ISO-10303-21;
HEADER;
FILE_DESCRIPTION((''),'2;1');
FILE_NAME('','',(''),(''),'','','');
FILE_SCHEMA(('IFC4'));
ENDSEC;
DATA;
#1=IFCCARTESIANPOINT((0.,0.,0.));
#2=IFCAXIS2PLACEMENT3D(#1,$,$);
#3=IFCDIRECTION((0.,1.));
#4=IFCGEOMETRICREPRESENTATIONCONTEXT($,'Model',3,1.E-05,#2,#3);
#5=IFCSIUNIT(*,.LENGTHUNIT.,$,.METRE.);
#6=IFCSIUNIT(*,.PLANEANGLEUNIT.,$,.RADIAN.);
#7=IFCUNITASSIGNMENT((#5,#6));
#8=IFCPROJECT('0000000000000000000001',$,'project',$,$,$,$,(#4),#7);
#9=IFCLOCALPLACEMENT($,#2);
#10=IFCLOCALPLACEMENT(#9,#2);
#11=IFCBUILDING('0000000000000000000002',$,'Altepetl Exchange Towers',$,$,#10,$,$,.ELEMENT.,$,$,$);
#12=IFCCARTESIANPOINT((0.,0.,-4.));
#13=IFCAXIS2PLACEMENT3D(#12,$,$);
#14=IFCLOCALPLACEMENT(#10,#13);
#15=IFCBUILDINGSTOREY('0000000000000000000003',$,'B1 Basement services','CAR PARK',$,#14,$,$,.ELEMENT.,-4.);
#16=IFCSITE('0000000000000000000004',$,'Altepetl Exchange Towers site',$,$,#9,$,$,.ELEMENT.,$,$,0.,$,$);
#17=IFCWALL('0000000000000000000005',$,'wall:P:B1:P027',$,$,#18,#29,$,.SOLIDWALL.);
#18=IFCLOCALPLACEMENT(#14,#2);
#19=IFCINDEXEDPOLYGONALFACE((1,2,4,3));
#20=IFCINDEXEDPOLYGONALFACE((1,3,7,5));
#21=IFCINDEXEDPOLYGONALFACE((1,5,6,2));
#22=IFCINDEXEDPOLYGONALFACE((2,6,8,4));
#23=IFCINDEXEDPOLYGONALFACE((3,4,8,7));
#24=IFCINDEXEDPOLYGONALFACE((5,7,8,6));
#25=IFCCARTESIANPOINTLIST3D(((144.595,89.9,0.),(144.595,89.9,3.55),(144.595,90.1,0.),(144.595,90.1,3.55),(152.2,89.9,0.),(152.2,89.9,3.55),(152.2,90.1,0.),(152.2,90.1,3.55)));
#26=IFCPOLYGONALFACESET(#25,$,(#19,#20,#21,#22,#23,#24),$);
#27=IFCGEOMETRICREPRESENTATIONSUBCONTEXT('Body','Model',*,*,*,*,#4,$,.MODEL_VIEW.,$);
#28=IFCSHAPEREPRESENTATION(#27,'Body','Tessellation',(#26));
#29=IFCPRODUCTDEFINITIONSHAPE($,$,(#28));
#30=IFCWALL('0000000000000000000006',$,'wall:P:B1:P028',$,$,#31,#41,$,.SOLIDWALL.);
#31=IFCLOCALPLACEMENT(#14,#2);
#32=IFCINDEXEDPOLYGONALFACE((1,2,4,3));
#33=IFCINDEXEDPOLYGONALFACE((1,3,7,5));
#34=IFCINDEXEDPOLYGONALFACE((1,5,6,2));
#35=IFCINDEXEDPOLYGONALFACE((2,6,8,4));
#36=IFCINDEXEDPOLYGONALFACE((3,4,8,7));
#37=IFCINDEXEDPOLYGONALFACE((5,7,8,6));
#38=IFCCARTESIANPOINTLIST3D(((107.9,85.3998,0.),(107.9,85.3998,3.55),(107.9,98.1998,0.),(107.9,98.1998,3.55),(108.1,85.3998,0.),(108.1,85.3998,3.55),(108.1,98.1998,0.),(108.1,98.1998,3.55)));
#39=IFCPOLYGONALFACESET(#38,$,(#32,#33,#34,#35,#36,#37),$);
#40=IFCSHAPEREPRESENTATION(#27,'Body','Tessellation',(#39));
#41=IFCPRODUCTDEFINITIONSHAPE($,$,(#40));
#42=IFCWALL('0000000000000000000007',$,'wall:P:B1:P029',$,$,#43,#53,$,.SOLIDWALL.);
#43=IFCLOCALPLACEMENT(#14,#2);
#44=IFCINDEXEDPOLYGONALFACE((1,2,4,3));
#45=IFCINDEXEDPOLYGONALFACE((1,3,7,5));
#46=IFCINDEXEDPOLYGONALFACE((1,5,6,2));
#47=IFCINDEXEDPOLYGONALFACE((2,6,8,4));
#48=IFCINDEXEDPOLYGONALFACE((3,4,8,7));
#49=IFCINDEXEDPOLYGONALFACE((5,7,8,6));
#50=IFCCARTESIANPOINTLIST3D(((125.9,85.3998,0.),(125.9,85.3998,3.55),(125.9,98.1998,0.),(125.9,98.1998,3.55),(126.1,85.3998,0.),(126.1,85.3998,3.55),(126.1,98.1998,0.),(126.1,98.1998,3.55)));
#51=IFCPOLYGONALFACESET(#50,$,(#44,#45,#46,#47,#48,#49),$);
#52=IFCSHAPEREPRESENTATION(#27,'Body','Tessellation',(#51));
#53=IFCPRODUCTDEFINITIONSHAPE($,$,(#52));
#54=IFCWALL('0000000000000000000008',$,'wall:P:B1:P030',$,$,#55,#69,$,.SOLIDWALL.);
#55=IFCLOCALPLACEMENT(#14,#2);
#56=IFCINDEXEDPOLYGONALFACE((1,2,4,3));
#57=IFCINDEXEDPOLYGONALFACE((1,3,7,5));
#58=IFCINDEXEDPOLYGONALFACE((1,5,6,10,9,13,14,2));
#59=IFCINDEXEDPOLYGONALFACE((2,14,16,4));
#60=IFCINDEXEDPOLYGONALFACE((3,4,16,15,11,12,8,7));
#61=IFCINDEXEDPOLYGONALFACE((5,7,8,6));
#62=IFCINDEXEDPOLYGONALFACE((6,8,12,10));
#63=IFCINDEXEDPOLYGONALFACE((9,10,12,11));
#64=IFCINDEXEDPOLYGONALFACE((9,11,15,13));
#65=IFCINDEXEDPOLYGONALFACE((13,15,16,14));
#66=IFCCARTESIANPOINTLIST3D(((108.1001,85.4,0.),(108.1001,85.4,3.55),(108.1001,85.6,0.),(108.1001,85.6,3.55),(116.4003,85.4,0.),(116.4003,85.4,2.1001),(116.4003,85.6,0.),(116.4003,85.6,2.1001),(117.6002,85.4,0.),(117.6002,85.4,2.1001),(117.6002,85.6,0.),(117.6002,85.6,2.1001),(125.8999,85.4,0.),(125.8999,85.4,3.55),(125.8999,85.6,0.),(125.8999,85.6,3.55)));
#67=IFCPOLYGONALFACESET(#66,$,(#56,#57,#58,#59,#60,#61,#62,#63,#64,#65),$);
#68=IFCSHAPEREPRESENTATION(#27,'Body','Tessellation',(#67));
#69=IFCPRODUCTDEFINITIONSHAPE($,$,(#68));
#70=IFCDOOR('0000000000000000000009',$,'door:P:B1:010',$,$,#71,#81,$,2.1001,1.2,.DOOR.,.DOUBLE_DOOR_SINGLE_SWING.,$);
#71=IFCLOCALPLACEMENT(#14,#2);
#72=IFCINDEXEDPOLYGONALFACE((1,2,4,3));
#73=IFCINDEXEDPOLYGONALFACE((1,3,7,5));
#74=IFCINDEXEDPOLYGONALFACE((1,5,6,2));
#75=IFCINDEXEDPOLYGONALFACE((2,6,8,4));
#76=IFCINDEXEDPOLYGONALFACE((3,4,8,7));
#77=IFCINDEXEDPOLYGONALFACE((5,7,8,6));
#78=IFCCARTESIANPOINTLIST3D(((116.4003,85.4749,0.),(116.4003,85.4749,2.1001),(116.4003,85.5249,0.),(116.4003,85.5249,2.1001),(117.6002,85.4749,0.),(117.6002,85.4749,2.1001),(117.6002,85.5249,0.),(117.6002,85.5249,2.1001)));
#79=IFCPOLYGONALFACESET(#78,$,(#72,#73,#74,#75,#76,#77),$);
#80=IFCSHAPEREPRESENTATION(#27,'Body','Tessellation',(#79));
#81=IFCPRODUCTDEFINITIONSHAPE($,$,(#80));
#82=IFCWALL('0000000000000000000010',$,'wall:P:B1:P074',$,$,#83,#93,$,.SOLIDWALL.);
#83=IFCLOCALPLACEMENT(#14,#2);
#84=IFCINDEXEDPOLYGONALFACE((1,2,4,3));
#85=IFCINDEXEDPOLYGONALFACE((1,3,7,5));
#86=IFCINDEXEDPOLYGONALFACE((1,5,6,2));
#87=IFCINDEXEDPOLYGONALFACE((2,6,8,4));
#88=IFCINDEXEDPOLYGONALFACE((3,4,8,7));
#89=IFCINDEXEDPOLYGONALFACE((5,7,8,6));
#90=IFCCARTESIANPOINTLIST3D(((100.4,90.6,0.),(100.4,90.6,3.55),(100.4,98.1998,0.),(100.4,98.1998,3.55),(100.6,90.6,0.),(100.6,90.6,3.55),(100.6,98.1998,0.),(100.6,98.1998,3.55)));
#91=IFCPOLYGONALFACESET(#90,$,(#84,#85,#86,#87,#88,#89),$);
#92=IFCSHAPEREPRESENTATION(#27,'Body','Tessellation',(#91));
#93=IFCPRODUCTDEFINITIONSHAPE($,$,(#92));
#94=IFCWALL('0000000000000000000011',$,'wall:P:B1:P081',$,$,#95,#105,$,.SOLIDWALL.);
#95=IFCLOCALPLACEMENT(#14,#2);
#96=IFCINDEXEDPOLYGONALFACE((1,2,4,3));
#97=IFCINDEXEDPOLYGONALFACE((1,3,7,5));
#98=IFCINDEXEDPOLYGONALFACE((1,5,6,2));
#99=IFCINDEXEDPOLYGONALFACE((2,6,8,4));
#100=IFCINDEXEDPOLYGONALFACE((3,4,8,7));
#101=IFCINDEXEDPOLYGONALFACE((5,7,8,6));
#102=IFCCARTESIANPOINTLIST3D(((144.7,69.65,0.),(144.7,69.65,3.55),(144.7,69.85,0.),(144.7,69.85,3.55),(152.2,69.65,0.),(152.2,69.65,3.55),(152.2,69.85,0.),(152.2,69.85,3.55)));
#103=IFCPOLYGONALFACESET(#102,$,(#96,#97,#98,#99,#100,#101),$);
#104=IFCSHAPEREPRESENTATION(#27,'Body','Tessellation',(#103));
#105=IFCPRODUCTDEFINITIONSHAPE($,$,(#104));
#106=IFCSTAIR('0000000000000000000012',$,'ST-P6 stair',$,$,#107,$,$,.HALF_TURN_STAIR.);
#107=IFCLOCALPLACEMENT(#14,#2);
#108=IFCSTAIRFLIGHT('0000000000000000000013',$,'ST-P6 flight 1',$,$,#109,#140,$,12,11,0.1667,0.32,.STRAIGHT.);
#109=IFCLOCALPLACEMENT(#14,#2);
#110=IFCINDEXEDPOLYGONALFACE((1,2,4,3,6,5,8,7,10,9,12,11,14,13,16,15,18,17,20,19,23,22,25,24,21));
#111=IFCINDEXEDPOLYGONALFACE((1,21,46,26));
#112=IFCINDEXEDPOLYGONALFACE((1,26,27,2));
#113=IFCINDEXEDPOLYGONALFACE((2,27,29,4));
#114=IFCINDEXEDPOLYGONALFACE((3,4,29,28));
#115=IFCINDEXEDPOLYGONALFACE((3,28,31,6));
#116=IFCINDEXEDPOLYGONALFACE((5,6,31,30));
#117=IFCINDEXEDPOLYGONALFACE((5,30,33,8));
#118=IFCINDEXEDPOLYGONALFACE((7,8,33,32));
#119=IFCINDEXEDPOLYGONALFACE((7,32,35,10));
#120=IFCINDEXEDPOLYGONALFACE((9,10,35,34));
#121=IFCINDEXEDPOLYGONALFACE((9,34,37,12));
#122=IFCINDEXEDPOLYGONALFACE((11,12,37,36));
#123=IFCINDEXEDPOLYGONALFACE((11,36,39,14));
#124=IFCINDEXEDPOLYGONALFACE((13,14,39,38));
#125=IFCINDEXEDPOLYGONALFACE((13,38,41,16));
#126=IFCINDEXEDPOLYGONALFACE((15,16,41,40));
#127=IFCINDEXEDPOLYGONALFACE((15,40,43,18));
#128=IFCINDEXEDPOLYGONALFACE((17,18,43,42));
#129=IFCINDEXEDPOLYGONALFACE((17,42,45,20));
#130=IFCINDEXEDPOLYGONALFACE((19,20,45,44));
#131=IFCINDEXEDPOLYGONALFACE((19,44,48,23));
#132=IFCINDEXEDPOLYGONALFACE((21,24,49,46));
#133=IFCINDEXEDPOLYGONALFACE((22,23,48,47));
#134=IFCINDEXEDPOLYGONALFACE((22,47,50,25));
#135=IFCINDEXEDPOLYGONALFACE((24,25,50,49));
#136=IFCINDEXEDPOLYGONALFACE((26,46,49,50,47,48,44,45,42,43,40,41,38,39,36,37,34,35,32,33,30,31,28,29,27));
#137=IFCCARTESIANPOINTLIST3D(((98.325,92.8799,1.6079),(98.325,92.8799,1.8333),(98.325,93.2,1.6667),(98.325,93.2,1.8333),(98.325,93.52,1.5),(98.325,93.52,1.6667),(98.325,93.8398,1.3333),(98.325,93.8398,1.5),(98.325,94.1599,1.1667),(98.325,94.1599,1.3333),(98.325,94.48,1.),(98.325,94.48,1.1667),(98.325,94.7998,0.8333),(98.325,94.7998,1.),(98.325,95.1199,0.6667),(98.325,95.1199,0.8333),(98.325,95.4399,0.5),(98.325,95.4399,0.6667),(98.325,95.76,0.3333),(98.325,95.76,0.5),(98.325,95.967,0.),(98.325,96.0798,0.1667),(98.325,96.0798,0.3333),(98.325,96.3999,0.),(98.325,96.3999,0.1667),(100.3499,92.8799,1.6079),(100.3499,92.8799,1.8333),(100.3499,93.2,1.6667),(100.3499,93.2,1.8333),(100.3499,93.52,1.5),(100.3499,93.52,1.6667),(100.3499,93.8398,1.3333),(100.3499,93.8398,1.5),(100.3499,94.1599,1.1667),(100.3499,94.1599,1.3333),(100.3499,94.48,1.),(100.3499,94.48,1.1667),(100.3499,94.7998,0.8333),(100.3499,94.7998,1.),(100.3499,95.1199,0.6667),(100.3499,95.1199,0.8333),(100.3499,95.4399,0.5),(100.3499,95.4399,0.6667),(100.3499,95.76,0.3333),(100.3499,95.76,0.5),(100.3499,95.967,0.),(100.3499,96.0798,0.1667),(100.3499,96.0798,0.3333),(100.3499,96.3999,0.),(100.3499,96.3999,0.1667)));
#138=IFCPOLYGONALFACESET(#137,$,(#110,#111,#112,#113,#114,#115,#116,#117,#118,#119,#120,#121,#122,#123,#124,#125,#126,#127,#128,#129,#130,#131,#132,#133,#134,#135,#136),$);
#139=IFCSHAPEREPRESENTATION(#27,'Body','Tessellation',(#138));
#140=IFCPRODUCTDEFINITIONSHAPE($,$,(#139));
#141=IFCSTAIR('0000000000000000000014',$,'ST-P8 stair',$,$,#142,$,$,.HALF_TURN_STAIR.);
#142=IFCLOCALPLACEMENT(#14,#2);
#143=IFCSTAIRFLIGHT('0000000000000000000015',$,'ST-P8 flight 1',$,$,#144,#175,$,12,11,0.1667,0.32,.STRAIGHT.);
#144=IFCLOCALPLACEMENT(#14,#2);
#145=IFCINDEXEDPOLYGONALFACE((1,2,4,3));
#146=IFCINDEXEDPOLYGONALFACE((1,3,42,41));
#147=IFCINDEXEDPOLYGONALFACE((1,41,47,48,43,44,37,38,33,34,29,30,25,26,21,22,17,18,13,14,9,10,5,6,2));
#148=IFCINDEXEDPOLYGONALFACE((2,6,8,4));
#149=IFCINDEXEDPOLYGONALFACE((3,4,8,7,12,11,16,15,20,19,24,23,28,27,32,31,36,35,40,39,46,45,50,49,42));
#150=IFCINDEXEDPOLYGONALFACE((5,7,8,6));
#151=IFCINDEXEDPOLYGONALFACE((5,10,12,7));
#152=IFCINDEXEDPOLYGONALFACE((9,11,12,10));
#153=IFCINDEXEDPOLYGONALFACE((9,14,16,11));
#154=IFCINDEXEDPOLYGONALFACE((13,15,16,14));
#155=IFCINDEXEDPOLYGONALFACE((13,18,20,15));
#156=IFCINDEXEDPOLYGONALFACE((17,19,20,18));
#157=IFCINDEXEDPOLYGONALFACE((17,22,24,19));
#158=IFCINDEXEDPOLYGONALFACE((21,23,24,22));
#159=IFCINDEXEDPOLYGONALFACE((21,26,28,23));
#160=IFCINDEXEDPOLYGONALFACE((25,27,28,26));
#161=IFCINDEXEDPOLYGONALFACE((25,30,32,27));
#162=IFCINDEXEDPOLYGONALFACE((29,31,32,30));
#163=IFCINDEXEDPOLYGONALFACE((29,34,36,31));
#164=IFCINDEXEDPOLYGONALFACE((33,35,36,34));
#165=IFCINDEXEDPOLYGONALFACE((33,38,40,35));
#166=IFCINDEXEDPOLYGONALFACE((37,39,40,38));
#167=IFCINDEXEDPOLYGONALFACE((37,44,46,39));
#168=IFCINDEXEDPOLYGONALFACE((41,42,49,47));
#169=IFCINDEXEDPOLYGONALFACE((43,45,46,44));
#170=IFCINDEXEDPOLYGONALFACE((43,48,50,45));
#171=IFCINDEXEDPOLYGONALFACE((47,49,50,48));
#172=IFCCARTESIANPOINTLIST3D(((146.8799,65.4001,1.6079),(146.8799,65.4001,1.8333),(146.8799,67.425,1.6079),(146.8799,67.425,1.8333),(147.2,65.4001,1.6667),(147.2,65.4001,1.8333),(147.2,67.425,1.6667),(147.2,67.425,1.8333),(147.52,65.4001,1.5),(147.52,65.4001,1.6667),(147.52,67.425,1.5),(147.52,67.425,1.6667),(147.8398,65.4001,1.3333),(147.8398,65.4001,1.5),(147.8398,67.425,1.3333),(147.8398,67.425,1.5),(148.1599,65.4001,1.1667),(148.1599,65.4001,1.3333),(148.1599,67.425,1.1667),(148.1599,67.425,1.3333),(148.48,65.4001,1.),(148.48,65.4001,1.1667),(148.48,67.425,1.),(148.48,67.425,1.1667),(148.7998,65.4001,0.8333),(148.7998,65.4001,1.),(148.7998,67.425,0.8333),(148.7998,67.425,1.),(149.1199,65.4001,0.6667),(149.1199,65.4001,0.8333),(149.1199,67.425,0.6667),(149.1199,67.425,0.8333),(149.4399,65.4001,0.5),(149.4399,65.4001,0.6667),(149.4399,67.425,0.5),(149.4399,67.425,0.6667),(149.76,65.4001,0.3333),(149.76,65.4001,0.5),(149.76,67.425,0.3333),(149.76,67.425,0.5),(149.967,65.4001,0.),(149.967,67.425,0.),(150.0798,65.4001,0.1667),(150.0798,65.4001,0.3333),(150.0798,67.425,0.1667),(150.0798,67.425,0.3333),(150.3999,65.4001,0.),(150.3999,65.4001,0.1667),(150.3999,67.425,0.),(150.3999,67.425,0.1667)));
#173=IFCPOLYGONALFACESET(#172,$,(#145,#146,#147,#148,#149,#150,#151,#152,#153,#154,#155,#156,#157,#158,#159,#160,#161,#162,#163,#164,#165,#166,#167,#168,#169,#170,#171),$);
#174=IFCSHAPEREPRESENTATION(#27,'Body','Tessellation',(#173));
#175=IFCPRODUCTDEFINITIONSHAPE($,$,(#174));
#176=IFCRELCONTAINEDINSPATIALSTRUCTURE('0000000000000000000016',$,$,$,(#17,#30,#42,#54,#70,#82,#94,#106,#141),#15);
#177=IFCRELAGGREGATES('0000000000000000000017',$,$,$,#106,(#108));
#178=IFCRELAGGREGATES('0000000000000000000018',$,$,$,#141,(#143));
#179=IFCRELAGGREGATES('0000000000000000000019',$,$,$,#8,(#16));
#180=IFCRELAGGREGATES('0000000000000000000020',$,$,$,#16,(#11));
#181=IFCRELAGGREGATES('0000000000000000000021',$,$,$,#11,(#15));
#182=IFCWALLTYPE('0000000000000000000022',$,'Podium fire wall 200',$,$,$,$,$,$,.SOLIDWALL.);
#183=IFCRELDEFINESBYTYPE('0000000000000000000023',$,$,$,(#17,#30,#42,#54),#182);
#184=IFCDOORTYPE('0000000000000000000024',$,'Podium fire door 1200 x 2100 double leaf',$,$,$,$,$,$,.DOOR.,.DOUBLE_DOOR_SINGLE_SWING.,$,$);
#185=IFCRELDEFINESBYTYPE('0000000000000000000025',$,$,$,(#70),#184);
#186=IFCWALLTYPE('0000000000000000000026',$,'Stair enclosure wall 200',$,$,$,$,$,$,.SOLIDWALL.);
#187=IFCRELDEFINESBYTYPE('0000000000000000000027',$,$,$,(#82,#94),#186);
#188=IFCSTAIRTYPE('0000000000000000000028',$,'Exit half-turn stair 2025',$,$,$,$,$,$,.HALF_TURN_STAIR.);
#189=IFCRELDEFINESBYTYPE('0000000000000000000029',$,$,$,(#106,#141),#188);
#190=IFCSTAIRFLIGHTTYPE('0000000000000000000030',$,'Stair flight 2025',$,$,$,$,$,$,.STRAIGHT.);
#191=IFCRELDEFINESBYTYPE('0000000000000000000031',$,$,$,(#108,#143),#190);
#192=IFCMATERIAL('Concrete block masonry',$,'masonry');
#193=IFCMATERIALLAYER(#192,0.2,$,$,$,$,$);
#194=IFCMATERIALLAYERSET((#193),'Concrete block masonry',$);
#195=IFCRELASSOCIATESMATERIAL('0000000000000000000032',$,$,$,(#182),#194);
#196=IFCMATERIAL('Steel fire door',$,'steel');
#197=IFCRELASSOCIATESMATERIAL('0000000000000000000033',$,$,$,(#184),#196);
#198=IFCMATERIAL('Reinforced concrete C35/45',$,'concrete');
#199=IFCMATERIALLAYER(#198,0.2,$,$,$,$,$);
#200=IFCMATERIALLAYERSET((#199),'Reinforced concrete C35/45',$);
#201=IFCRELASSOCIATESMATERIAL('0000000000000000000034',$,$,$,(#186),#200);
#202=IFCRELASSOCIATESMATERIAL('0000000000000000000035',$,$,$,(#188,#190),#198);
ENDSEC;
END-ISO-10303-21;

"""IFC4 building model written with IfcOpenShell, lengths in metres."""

from ifc_helpers import new_model, si_unit, direction, frame, frame_2d, origin, place, context, subcontext, project, spatial, polyline, rectangle, outline, extrude, material, layer, layer_set, type_object, element, fill, aggregate, save


model = new_model("IFC4")

# Units and contexts
model_context = context("Model", 3, precision=1e-05, world=origin(), true_north=direction((0.0, 1.0)))
body_context = subcontext(model_context, "Body", "Model", "MODEL_VIEW")
ifc_project = project(units=[si_unit("LENGTHUNIT", "METRE"), si_unit("PLANEANGLEUNIT", "RADIAN")], contexts=[model_context])

# Site, building, storey
site_placement = place(None, origin())
site = spatial("IfcSite", under=ifc_project, at=site_placement, Name="Altepetl Exchange Towers site", CompositionType="ELEMENT", RefElevation=0.0)
building_placement = place(site_placement, origin())
building = spatial("IfcBuilding", under=site, at=building_placement, Name="Altepetl Exchange Towers", CompositionType="ELEMENT")
storey_placement = place(building_placement, frame((0.0, 0.0, -4.0)))
storey = spatial("IfcBuildingStorey", under=building, at=storey_placement, Name="B1 Basement services", Description="CAR PARK", CompositionType="ELEMENT", Elevation=-4.0)

# Shared definitions
ifc_material_1 = material(Name="Reinforced concrete C35/45", Category="concrete")

# Shared definitions
ifc_material_2 = material(Name="Concrete block masonry", Category="masonry")
ifc_layer_1 = layer(ifc_material_2, 0.2)
ifc_layer_set_1 = layer_set([ifc_layer_1], Name="Concrete block masonry")
wall_type_1 = type_object("IfcWallType", Name="Podium fire wall 200", PredefinedType="SOLIDWALL", material=ifc_layer_set_1)
ifc_material_3 = material(Name="Steel fire door", Category="steel")
door_type = type_object("IfcDoorType", Name="Podium fire door 1200 x 2100 double leaf", OperationType="DOUBLE_DOOR_SINGLE_SWING", PredefinedType="DOOR", material=ifc_material_3)

# Walls
wall_1_placement = place(storey_placement, frame((144.595, 90.0, 0.0)))
element("IfcWall", 1, at=wall_1_placement, inside=storey, type_object=wall_type_1, Name="wall:P:B1:P027", PredefinedType="SOLIDWALL", context=body_context, shape_type="SweptSolid", body=[
    extrude(rectangle(XDim=7.605, YDim=0.2, at=frame_2d((3.8025, 0.0))), origin(), (0.0, 0.0, 1.0), 3.55),
])
for number, where, z_axis, x_axis, name in (
    (2, (108.0, 85.3999, 0.0), (0.0, 0.0, 1.0), (0.0, 1.0, 0.0), "wall:P:B1:P028"),
    (3, (126.0, 85.3999, 0.0), (0.0, 0.0, 1.0), (0.0, 1.0, 0.0), "wall:P:B1:P029"),
):
    element("IfcWall", number, at=place(storey_placement, frame(where, z_axis=z_axis, x_axis=x_axis)), inside=storey, type_object=wall_type_1, Name=name, PredefinedType="SOLIDWALL", context=body_context, shape_type="SweptSolid", body=[
        extrude(rectangle(XDim=12.8, YDim=0.2, at=frame_2d((6.3999, 0.0))), origin(), (0.0, 0.0, 1.0), 3.55),
    ])

# Wall, opening, door
wall_2_placement = place(storey_placement, frame((108.1001, 85.5, 0.0)))
wall_2 = element("IfcWall", 4, at=wall_2_placement, inside=storey, type_object=wall_type_1, Name="wall:P:B1:P030", PredefinedType="SOLIDWALL", context=body_context, shape_type="SweptSolid", body=[
    extrude(rectangle(XDim=17.7998, YDim=0.2, at=frame_2d((8.8999, 0.0))), origin(), (0.0, 0.0, 1.0), 3.55),
])
opening_1_placement = place(wall_2_placement, frame((8.3, 0.0, 0.0)))
opening_1 = element("IfcOpeningElement", 5, at=opening_1_placement, cuts=wall_2, PredefinedType="OPENING", context=body_context, shape_type="SweptSolid", body=[
    extrude(rectangle(XDim=1.2, YDim=2.1001, at=frame_2d((0.6001, 1.05))), frame((0.0, 0.1099, 0.0), z_axis=(0.0, -1.0, 0.0), x_axis=(1.0, 0.0, 0.0)), (0.0, 0.0, 1.0), 0.22),
])
door_1_placement = place(opening_1_placement, origin())
door_1 = element("IfcDoor", 6, at=door_1_placement, inside=storey, type_object=door_type, Name="door:P:B1:010", OperationType="DOUBLE_DOOR_SINGLE_SWING", OverallHeight=2.1001, OverallWidth=1.2, PredefinedType="DOOR", context=body_context, shape_type="SweptSolid", body=[
    extrude(rectangle(XDim=1.2, YDim=2.1001, at=frame_2d((0.6001, 1.05))), frame((0.0, 0.0249, 0.0), z_axis=(0.0, -1.0, 0.0), x_axis=(1.0, 0.0, 0.0)), (0.0, 0.0, 1.0), 0.05),
])
fill(opening_1, door_1)

# Walls
ifc_layer_2 = layer(ifc_material_1, 0.2)
ifc_layer_set_2 = layer_set([ifc_layer_2], Name="Reinforced concrete C35/45")
wall_type_2 = type_object("IfcWallType", Name="Stair enclosure wall 200", PredefinedType="SOLIDWALL", material=ifc_layer_set_2)
wall_3_placement = place(storey_placement, frame((100.5, 90.6001, 0.0), z_axis=(0.0, 0.0, 1.0), x_axis=(0.0, 1.0, 0.0)))
element("IfcWall", 7, at=wall_3_placement, inside=storey, type_object=wall_type_2, Name="wall:P:B1:P074", PredefinedType="SOLIDWALL", context=body_context, shape_type="SweptSolid", body=[
    extrude(rectangle(XDim=7.5999, YDim=0.2, at=frame_2d((3.7998, 0.0))), origin(), (0.0, 0.0, 1.0), 3.55),
])
wall_4_placement = place(storey_placement, frame((144.7, 69.75, 0.0)))
element("IfcWall", 8, at=wall_4_placement, inside=storey, type_object=wall_type_2, Name="wall:P:B1:P081", PredefinedType="SOLIDWALL", context=body_context, shape_type="SweptSolid", body=[
    extrude(rectangle(XDim=7.5, YDim=0.2, at=frame_2d((3.75, 0.0))), origin(), (0.0, 0.0, 1.0), 3.55),
])

# Stair, stair flight
stair_type = type_object("IfcStairType", Name="Exit half-turn stair 2025", PredefinedType="HALF_TURN_STAIR", material=ifc_material_1)
stair_1_placement = place(storey_placement, origin())
stair_1 = element("IfcStair", 9, at=stair_1_placement, inside=storey, type_object=stair_type, Name="ST-P6 stair", PredefinedType="HALF_TURN_STAIR")
stair_flight_type = type_object("IfcStairFlightType", Name="Stair flight 2025", PredefinedType="STRAIGHT", material=ifc_material_1)
stair_flight_1_placement = place(storey_placement, frame((99.3374, 96.3999, 0.0), z_axis=(0.0, 0.0, 1.0), x_axis=(0.0, -1.0, 0.0)))
stair_flight_1 = element("IfcStairFlight", 10, at=stair_flight_1_placement, type_object=stair_flight_type, Name="ST-P6 flight 1", NumberOfRisers=12, NumberOfTreads=11, PredefinedType="STRAIGHT", RiserHeight=0.1667, TreadLength=0.32, context=body_context, shape_type="SweptSolid", body=[
    extrude(outline(polyline([(0.0, 0.0), (0.0, 0.1667), (0.3201, 0.1667), (0.3201, 0.3333), (0.6399, 0.3333), (0.6399, 0.5), (0.96, 0.5), (0.96, 0.6667), (1.28, 0.6667), (1.28, 0.8333), (1.6001, 0.8333), (1.6001, 1.0), (1.9199, 1.0), (1.9199, 1.1667), (2.24, 1.1667), (2.24, 1.3333), (2.5601, 1.3333), (2.5601, 1.5), (2.8799, 1.5), (2.8799, 1.6667), (3.2, 1.6667), (3.2, 1.8333), (3.52, 1.8333), (3.52, 2.0), (3.52, 1.6079), (0.4329, 0.0), (0.0, 0.0)])), frame((0.0, 1.0125, 0.0), z_axis=(0.0, -1.0, 0.0), x_axis=(1.0, 0.0, 0.0)), (0.0, 0.0, 1.0), 2.0249),
])
aggregate(stair_1, [stair_flight_1])

# Stair, stair flight
stair_2_placement = place(storey_placement, origin())
stair_2 = element("IfcStair", 11, at=stair_2_placement, inside=storey, type_object=stair_type, Name="ST-P8 stair", PredefinedType="HALF_TURN_STAIR")
stair_flight_2_placement = place(storey_placement, frame((150.3999, 66.4126, 0.0), z_axis=(0.0, 0.0, 1.0), x_axis=(-1.0, 0.0, 0.0)))
stair_flight_2 = element("IfcStairFlight", 12, at=stair_flight_2_placement, type_object=stair_flight_type, Name="ST-P8 flight 1", NumberOfRisers=12, NumberOfTreads=11, PredefinedType="STRAIGHT", RiserHeight=0.1667, TreadLength=0.32, context=body_context, shape_type="SweptSolid", body=[
    extrude(outline(polyline([(0.0, 0.0), (0.0, 0.1667), (0.3201, 0.1667), (0.3201, 0.3333), (0.6399, 0.3333), (0.6399, 0.5), (0.96, 0.5), (0.96, 0.6667), (1.28, 0.6667), (1.28, 0.8333), (1.6001, 0.8333), (1.6001, 1.0), (1.9199, 1.0), (1.9199, 1.1667), (2.24, 1.1667), (2.24, 1.3333), (2.5601, 1.3333), (2.5601, 1.5), (2.8799, 1.5), (2.8799, 1.6667), (3.2, 1.6667), (3.2, 1.8333), (3.52, 1.8333), (3.52, 2.0), (3.52, 1.6079), (0.4329, 0.0), (0.0, 0.0)])), frame((0.0, 1.0125, 0.0), z_axis=(0.0, -1.0, 0.0), x_axis=(1.0, 0.0, 0.0)), (0.0, 0.0, 1.0), 2.0249),
])
aggregate(stair_2, [stair_flight_2])

save(model, "model.ifc")
